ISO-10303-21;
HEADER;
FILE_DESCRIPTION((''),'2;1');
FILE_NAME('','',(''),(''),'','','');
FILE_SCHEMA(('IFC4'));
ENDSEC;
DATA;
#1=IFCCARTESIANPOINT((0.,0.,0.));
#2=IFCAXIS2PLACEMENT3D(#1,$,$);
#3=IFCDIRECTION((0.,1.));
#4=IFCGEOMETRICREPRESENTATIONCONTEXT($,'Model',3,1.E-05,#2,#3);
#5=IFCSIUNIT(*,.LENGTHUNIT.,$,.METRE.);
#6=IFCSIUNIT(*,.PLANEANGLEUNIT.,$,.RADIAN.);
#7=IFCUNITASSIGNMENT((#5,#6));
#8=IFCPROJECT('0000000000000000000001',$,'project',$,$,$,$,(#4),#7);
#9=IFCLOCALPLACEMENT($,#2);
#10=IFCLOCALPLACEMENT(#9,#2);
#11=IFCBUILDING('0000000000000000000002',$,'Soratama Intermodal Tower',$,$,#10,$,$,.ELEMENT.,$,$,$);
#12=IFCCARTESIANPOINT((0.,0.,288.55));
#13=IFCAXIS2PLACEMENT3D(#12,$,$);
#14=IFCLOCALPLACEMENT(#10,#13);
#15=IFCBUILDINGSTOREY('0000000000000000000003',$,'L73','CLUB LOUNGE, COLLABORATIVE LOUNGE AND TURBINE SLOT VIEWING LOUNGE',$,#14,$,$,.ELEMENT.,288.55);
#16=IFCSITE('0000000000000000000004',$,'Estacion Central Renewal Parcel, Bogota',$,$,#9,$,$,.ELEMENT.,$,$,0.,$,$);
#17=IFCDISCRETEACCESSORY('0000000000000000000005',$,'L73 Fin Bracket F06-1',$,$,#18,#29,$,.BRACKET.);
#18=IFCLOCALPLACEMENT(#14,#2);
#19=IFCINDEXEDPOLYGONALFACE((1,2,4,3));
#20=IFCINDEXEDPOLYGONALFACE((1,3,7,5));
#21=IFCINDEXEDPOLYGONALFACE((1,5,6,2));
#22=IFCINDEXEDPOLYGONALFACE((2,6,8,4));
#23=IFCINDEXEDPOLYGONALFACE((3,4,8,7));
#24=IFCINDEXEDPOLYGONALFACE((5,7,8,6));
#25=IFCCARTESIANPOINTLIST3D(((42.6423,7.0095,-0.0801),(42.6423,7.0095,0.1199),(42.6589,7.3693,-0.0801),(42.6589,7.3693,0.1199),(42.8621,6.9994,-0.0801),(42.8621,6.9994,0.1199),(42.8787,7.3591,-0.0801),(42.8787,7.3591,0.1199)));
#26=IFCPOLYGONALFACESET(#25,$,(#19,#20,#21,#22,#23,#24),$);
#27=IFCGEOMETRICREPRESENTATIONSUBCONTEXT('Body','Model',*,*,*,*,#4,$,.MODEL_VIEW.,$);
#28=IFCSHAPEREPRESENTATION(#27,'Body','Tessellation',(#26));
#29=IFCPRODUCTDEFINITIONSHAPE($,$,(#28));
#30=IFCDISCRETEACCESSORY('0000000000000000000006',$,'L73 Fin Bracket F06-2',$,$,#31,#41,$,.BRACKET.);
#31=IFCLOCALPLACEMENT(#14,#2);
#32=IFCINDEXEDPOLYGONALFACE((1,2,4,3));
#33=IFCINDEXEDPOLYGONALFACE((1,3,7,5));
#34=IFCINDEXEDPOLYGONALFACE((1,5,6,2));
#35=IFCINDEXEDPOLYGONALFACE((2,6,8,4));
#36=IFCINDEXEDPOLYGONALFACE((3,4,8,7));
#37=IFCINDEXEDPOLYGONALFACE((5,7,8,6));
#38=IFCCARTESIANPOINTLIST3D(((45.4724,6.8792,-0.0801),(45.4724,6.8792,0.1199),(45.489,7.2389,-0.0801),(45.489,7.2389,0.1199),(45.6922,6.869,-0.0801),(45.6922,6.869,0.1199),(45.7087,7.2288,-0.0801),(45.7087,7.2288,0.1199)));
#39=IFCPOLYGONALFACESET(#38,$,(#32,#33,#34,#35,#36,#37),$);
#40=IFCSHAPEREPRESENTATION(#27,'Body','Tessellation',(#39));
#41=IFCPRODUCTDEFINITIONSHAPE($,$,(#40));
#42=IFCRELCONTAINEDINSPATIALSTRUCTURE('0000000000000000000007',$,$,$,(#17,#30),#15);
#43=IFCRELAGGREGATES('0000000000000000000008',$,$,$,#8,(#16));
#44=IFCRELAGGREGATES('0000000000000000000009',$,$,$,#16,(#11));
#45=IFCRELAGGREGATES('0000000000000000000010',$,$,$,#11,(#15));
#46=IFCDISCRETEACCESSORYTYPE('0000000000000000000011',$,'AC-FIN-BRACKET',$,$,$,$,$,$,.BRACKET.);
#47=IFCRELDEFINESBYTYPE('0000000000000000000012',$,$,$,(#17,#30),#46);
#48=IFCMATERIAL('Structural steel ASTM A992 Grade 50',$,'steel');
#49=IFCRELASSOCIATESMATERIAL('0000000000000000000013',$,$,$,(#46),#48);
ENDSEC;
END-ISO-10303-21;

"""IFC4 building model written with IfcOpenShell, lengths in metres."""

from ifc_helpers import new_model, si_unit, direction, frame, origin, origin_2d, place, context, subcontext, project, spatial, rectangle, extrude, material, type_object, element, save


model = new_model("IFC4")

# Units and contexts
model_context = context("Model", 3, precision=1e-05, world=origin(), true_north=direction((0.0, 1.0)))
body_context = subcontext(model_context, "Body", "Model", "MODEL_VIEW")
ifc_project = project(units=[si_unit("LENGTHUNIT", "METRE"), si_unit("PLANEANGLEUNIT", "RADIAN")], contexts=[model_context])

# Site, building, storey
site_placement = place(None, origin())
site = spatial("IfcSite", under=ifc_project, at=site_placement, Name="Estacion Central Renewal Parcel, Bogota", CompositionType="ELEMENT", RefElevation=0.0)
building_placement = place(site_placement, origin())
building = spatial("IfcBuilding", under=site, at=building_placement, Name="Soratama Intermodal Tower", CompositionType="ELEMENT")
storey_placement = place(building_placement, frame((0.0, 0.0, 288.55)))
storey = spatial("IfcBuildingStorey", under=building, at=storey_placement, Name="L73", Description="CLUB LOUNGE, COLLABORATIVE LOUNGE AND TURBINE SLOT VIEWING LOUNGE", CompositionType="ELEMENT", Elevation=288.55)

# Discrete accessories
ifc_material_1 = material(Name="Structural steel ASTM A992 Grade 50", Category="steel")
discrete_accessory_type = type_object("IfcDiscreteAccessoryType", Name="AC-FIN-BRACKET", PredefinedType="BRACKET", material=ifc_material_1)
for number, where, z_axis, x_axis, name in (
    (1, (42.7605, 7.1843, -0.0801), (0.0, 0.0, 1.0), (-0.04606, -0.998939, 0.0), "L73 Fin Bracket F06-1"),
    (2, (45.5906, 7.054, -0.0801), (0.0, 0.0, 1.0), (-0.04606, -0.998939, 0.0), "L73 Fin Bracket F06-2"),
):
    element("IfcDiscreteAccessory", number, at=place(storey_placement, frame(where, z_axis=z_axis, x_axis=x_axis)), inside=storey, type_object=discrete_accessory_type, Name=name, PredefinedType="BRACKET", context=body_context, shape_type="SweptSolid", body=[
        extrude(rectangle(XDim=0.3601, YDim=0.22, at=origin_2d()), origin(), (0.0, 0.0, 1.0), 0.2),
    ])

save(model, "model.ifc")
